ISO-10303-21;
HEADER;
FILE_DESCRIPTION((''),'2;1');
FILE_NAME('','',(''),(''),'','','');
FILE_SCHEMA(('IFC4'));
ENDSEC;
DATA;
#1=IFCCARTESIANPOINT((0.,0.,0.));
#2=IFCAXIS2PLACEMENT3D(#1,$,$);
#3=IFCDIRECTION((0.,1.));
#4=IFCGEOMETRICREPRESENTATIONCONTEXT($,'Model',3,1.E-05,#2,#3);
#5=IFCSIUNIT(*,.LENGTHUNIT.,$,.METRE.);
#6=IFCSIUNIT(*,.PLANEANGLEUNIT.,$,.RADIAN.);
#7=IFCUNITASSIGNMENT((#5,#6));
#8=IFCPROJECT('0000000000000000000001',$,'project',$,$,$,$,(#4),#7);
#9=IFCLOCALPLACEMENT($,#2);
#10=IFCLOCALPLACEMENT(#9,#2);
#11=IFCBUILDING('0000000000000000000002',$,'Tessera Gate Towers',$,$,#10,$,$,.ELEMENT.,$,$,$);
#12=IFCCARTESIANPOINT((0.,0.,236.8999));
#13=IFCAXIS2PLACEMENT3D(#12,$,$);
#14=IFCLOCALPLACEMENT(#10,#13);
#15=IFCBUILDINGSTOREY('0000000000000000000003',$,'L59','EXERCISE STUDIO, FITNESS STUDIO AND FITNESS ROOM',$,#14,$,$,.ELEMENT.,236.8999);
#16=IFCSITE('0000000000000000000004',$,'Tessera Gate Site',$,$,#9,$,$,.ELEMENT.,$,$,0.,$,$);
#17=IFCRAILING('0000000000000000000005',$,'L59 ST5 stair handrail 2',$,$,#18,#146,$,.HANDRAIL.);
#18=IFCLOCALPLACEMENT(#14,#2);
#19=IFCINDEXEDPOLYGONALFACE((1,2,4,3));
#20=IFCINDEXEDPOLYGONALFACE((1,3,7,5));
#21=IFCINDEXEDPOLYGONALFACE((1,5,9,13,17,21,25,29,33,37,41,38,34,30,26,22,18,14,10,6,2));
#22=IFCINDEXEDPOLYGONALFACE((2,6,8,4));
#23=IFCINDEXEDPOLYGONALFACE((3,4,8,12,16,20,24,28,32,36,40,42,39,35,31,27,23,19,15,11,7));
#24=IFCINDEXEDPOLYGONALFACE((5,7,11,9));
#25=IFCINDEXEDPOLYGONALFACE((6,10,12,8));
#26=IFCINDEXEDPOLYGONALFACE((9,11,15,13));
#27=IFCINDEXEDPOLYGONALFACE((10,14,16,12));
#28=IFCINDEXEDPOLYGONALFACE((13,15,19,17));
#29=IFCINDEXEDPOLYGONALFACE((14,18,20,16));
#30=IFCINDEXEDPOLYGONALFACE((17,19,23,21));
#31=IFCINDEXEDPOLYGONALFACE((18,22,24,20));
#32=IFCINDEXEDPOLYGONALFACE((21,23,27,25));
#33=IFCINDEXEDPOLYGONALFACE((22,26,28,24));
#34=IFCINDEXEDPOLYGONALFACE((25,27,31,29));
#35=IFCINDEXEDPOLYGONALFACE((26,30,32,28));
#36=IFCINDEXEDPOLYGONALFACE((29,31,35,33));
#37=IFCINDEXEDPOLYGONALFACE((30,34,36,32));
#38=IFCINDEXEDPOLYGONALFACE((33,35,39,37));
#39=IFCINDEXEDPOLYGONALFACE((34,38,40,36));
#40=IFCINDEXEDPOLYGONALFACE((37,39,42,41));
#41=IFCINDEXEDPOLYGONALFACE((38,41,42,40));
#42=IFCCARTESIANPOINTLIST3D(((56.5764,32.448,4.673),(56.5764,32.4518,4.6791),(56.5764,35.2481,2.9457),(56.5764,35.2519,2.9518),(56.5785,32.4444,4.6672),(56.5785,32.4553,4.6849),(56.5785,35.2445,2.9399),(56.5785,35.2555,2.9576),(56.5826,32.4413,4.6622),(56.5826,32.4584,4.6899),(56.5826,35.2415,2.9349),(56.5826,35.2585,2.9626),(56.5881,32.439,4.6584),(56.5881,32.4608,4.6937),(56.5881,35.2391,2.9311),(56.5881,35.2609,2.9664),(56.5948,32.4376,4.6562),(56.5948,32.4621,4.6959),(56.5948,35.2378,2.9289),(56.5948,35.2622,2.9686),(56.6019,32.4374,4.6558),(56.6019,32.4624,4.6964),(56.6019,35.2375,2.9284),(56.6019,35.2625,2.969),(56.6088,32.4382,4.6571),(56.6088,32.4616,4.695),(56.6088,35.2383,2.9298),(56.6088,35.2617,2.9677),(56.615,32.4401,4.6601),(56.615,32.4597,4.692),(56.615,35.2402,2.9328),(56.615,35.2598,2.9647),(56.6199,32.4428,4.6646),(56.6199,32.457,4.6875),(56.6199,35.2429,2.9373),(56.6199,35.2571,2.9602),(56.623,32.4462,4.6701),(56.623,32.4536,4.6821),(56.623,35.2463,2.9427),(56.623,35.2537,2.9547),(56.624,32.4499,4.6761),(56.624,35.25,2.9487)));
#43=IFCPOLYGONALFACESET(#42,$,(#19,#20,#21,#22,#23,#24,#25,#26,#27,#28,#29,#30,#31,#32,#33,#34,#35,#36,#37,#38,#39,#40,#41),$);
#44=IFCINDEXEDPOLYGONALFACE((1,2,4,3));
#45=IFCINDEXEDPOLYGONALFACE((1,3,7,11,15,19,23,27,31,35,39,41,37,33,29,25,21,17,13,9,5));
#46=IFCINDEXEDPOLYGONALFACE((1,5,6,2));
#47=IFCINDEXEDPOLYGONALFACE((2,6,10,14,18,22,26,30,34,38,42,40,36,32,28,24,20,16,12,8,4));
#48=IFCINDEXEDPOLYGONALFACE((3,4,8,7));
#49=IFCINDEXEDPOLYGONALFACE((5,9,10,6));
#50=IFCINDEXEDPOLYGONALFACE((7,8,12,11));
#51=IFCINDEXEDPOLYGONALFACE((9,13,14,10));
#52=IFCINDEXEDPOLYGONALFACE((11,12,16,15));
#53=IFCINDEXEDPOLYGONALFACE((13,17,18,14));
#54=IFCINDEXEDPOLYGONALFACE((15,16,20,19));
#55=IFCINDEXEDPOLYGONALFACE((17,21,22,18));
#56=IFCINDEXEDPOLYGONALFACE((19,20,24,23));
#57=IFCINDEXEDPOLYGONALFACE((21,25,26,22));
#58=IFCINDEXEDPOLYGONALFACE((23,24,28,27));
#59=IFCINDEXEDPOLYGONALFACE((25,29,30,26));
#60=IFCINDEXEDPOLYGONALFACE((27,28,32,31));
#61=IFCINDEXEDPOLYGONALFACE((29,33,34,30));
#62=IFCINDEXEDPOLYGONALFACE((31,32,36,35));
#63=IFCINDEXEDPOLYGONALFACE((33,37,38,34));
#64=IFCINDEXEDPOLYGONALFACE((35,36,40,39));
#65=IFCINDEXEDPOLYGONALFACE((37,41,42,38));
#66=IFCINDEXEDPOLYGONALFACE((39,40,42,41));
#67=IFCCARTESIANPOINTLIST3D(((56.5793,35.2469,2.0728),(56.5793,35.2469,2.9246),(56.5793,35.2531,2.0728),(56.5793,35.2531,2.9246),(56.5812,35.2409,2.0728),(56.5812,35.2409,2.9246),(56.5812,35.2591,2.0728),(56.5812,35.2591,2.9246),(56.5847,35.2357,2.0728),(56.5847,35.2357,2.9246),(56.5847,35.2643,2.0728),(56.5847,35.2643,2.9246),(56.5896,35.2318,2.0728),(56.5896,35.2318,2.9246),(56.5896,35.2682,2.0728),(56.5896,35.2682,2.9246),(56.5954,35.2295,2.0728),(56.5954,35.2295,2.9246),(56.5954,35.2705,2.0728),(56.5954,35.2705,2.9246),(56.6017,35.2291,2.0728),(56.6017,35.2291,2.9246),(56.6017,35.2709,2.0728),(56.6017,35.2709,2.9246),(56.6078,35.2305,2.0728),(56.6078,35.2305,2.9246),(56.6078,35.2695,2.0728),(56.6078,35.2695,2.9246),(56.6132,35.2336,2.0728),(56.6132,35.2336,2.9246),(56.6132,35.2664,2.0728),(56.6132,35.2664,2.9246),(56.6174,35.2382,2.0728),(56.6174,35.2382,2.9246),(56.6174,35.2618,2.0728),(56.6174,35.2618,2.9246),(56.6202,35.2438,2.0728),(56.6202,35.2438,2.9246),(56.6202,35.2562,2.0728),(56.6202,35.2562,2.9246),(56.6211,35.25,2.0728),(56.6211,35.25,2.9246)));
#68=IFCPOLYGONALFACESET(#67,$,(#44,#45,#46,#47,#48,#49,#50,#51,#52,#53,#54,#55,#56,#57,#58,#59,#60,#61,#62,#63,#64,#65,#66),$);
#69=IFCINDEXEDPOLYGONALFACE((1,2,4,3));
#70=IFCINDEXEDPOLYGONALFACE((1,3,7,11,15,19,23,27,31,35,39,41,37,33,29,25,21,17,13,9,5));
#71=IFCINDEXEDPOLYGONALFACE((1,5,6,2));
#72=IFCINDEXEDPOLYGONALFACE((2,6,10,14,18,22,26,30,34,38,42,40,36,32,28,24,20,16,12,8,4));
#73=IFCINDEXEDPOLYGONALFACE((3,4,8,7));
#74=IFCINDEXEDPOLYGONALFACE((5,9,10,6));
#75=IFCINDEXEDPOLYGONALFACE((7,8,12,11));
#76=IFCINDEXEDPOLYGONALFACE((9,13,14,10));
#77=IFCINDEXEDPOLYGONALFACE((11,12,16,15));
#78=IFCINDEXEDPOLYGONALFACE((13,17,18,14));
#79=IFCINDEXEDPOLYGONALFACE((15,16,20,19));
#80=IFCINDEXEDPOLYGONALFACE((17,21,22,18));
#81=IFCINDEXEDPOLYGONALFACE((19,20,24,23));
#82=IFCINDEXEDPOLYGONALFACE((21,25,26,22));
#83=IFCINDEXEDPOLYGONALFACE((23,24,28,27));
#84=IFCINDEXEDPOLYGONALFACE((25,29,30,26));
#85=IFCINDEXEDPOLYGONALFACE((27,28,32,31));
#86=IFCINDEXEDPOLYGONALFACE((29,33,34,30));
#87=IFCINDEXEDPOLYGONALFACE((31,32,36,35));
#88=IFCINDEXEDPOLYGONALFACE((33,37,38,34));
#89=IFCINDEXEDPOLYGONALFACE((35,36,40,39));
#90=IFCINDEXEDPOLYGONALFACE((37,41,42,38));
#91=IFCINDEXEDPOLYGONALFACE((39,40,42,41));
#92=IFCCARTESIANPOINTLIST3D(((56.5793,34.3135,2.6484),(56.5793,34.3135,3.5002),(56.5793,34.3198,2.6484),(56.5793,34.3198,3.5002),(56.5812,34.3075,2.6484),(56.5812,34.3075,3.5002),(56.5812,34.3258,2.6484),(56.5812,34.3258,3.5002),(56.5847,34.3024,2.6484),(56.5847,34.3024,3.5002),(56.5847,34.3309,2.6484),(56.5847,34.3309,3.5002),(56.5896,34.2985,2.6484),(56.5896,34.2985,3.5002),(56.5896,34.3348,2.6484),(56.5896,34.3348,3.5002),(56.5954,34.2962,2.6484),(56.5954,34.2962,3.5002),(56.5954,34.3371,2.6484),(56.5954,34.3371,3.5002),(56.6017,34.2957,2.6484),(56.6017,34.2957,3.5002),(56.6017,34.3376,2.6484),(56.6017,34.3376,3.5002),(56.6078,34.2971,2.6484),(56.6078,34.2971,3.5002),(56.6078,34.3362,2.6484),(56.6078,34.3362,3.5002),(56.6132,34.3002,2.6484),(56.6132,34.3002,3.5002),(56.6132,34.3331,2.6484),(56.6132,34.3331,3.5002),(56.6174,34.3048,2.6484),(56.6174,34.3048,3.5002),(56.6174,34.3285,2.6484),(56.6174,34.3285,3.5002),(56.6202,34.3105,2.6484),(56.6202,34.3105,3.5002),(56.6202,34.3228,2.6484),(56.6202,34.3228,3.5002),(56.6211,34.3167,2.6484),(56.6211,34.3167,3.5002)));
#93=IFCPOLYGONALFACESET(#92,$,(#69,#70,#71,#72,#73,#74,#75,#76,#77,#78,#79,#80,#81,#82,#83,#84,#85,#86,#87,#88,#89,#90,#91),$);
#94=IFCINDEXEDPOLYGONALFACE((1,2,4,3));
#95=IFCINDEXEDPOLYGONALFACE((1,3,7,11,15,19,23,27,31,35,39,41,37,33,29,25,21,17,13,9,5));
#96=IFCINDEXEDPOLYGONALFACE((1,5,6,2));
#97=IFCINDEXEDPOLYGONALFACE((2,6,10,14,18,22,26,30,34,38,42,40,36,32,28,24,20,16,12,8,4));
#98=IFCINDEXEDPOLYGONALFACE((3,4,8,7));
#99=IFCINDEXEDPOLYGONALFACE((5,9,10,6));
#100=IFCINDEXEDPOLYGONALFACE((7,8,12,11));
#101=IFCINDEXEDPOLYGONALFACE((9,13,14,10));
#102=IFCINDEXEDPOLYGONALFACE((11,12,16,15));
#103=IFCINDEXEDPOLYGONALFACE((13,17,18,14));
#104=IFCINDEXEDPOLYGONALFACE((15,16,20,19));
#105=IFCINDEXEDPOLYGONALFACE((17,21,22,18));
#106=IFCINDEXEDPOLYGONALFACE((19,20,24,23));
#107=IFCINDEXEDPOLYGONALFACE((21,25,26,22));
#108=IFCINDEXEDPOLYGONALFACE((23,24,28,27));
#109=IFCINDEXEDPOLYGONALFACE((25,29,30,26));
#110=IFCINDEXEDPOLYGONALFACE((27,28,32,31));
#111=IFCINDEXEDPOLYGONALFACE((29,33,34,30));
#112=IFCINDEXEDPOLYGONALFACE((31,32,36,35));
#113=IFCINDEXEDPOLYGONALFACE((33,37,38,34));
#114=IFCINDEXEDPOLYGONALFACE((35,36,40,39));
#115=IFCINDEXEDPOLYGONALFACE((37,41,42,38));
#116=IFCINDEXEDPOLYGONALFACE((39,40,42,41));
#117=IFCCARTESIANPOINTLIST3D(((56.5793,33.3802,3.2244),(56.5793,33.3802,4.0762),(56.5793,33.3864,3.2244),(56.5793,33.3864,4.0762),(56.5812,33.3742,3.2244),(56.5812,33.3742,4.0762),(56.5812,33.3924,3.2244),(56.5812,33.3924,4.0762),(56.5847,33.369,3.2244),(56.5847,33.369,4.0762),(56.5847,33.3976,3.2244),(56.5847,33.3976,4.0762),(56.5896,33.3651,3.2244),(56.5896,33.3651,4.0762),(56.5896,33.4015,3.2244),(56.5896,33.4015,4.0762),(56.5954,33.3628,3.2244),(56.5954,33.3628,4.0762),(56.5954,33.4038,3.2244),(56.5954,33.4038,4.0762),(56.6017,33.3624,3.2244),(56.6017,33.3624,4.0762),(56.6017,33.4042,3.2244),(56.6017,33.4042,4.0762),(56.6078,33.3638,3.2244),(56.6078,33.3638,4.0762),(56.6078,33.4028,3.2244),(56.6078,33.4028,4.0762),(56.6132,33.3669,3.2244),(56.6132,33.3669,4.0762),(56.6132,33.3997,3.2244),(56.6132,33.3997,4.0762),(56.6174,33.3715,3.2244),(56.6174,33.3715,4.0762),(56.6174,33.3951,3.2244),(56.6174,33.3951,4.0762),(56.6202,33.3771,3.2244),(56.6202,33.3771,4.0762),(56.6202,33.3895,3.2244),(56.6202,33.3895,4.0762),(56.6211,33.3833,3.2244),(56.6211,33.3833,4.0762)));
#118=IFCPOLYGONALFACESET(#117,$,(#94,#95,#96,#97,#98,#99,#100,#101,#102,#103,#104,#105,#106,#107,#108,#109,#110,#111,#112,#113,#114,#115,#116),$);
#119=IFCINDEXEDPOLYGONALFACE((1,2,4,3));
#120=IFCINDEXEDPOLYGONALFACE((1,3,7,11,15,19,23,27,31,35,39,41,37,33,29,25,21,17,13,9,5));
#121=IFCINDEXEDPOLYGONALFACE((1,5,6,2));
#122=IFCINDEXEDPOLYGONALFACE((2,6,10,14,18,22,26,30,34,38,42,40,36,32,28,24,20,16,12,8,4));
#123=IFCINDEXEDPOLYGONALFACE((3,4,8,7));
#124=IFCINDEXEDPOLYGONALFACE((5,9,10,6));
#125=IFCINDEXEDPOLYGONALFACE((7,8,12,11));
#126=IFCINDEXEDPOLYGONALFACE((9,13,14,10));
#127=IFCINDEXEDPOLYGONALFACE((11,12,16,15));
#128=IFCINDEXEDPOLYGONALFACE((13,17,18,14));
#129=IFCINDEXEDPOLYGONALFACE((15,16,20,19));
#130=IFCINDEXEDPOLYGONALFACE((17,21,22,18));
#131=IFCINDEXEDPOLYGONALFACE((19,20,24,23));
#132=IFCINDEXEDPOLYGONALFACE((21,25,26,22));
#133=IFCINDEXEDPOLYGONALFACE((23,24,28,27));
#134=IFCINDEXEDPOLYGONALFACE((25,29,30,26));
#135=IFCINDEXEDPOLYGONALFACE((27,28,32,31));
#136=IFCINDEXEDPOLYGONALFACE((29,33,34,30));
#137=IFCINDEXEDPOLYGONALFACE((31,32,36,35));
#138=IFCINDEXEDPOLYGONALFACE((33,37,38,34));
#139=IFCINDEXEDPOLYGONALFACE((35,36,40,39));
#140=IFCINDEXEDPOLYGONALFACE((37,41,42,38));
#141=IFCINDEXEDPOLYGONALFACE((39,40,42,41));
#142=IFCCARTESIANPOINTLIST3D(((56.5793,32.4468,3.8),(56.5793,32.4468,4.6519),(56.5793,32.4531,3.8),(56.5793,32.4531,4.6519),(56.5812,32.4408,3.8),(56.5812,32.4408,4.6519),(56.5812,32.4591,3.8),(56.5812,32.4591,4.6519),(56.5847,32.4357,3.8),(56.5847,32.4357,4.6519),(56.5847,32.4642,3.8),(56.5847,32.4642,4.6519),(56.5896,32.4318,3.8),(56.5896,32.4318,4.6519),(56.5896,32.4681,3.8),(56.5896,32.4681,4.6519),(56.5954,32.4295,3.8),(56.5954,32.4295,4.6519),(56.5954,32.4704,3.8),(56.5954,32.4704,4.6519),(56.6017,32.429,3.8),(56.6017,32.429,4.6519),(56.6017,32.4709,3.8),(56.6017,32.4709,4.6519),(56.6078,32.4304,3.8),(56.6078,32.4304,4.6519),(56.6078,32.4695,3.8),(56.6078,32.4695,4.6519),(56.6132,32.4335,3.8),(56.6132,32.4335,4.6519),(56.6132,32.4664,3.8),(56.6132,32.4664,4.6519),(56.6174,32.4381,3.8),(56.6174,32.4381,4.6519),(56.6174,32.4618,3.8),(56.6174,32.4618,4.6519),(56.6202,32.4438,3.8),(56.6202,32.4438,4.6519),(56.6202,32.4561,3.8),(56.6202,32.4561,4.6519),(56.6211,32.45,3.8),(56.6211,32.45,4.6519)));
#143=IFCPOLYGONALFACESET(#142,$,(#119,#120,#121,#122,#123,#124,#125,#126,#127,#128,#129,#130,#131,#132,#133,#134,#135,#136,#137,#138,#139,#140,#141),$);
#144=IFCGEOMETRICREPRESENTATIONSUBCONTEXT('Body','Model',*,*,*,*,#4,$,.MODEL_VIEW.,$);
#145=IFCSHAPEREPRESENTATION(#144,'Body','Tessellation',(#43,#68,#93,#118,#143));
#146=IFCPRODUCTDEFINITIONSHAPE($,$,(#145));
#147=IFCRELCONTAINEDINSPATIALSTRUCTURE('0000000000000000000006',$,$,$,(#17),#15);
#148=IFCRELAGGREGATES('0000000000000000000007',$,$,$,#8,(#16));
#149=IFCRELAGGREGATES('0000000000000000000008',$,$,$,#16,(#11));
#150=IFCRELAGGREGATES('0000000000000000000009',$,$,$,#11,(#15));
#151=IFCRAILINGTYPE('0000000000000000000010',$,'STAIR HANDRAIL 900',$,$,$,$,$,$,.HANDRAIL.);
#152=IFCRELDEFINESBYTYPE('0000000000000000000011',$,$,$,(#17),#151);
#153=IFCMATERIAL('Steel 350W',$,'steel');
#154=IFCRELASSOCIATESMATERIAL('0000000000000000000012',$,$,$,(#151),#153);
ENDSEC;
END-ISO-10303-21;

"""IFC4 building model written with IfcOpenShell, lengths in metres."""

from ifc_helpers import new_model, si_unit, direction, frame, origin, origin_2d, place, context, subcontext, project, spatial, circle, extrude, material, type_object, element, save


model = new_model("IFC4")

# Units and contexts
model_context = context("Model", 3, precision=1e-05, world=origin(), true_north=direction((0.0, 1.0)))
body_context = subcontext(model_context, "Body", "Model", "MODEL_VIEW")
ifc_project = project(units=[si_unit("LENGTHUNIT", "METRE"), si_unit("PLANEANGLEUNIT", "RADIAN")], contexts=[model_context])

# Site, building, storey
site_placement = place(None, origin())
site = spatial("IfcSite", under=ifc_project, at=site_placement, Name="Tessera Gate Site", CompositionType="ELEMENT", RefElevation=0.0)
building_placement = place(site_placement, origin())
building = spatial("IfcBuilding", under=site, at=building_placement, Name="Tessera Gate Towers", CompositionType="ELEMENT")
storey_placement = place(building_placement, frame((0.0, 0.0, 236.8999)))
storey = spatial("IfcBuildingStorey", under=building, at=storey_placement, Name="L59", Description="EXERCISE STUDIO, FITNESS STUDIO AND FITNESS ROOM", CompositionType="ELEMENT", Elevation=236.8999)

# Railing
ifc_material_1 = material(Name="Steel 350W", Category="steel")
railing_type_1 = type_object("IfcRailingType", Name="STAIR HANDRAIL 900", PredefinedType="HANDRAIL", material=ifc_material_1)
railing_1_placement = place(storey_placement, frame((56.6001, 35.25, 2.0728)))
element("IfcRailing", 1, at=railing_1_placement, inside=storey, type_object=railing_type_1, Name="L59 ST5 stair handrail 2", PredefinedType="HANDRAIL", context=body_context, shape_type="SweptSolid", body=[
    extrude(circle(Radius=0.0239, at=origin_2d()), frame((0.0, 0.0, 0.876), z_axis=(0.0, -0.85109, 0.52502), x_axis=(1.0, 0.0, 0.0)), (0.0, 0.0, 1.0), 3.29),
    extrude(circle(Radius=0.021, at=origin_2d()), origin(), (0.0, 0.0, 1.0), 0.8518),
    extrude(circle(Radius=0.021, at=origin_2d()), frame((0.0, -0.9333, 0.5757)), (0.0, 0.0, 1.0), 0.8518),
    extrude(circle(Radius=0.021, at=origin_2d()), frame((0.0, -1.8667, 1.1516)), (0.0, 0.0, 1.0), 0.8518),
    extrude(circle(Radius=0.021, at=origin_2d()), frame((0.0, -2.8, 1.7273)), (0.0, 0.0, 1.0), 0.8518),
])

save(model, "model.ifc")
